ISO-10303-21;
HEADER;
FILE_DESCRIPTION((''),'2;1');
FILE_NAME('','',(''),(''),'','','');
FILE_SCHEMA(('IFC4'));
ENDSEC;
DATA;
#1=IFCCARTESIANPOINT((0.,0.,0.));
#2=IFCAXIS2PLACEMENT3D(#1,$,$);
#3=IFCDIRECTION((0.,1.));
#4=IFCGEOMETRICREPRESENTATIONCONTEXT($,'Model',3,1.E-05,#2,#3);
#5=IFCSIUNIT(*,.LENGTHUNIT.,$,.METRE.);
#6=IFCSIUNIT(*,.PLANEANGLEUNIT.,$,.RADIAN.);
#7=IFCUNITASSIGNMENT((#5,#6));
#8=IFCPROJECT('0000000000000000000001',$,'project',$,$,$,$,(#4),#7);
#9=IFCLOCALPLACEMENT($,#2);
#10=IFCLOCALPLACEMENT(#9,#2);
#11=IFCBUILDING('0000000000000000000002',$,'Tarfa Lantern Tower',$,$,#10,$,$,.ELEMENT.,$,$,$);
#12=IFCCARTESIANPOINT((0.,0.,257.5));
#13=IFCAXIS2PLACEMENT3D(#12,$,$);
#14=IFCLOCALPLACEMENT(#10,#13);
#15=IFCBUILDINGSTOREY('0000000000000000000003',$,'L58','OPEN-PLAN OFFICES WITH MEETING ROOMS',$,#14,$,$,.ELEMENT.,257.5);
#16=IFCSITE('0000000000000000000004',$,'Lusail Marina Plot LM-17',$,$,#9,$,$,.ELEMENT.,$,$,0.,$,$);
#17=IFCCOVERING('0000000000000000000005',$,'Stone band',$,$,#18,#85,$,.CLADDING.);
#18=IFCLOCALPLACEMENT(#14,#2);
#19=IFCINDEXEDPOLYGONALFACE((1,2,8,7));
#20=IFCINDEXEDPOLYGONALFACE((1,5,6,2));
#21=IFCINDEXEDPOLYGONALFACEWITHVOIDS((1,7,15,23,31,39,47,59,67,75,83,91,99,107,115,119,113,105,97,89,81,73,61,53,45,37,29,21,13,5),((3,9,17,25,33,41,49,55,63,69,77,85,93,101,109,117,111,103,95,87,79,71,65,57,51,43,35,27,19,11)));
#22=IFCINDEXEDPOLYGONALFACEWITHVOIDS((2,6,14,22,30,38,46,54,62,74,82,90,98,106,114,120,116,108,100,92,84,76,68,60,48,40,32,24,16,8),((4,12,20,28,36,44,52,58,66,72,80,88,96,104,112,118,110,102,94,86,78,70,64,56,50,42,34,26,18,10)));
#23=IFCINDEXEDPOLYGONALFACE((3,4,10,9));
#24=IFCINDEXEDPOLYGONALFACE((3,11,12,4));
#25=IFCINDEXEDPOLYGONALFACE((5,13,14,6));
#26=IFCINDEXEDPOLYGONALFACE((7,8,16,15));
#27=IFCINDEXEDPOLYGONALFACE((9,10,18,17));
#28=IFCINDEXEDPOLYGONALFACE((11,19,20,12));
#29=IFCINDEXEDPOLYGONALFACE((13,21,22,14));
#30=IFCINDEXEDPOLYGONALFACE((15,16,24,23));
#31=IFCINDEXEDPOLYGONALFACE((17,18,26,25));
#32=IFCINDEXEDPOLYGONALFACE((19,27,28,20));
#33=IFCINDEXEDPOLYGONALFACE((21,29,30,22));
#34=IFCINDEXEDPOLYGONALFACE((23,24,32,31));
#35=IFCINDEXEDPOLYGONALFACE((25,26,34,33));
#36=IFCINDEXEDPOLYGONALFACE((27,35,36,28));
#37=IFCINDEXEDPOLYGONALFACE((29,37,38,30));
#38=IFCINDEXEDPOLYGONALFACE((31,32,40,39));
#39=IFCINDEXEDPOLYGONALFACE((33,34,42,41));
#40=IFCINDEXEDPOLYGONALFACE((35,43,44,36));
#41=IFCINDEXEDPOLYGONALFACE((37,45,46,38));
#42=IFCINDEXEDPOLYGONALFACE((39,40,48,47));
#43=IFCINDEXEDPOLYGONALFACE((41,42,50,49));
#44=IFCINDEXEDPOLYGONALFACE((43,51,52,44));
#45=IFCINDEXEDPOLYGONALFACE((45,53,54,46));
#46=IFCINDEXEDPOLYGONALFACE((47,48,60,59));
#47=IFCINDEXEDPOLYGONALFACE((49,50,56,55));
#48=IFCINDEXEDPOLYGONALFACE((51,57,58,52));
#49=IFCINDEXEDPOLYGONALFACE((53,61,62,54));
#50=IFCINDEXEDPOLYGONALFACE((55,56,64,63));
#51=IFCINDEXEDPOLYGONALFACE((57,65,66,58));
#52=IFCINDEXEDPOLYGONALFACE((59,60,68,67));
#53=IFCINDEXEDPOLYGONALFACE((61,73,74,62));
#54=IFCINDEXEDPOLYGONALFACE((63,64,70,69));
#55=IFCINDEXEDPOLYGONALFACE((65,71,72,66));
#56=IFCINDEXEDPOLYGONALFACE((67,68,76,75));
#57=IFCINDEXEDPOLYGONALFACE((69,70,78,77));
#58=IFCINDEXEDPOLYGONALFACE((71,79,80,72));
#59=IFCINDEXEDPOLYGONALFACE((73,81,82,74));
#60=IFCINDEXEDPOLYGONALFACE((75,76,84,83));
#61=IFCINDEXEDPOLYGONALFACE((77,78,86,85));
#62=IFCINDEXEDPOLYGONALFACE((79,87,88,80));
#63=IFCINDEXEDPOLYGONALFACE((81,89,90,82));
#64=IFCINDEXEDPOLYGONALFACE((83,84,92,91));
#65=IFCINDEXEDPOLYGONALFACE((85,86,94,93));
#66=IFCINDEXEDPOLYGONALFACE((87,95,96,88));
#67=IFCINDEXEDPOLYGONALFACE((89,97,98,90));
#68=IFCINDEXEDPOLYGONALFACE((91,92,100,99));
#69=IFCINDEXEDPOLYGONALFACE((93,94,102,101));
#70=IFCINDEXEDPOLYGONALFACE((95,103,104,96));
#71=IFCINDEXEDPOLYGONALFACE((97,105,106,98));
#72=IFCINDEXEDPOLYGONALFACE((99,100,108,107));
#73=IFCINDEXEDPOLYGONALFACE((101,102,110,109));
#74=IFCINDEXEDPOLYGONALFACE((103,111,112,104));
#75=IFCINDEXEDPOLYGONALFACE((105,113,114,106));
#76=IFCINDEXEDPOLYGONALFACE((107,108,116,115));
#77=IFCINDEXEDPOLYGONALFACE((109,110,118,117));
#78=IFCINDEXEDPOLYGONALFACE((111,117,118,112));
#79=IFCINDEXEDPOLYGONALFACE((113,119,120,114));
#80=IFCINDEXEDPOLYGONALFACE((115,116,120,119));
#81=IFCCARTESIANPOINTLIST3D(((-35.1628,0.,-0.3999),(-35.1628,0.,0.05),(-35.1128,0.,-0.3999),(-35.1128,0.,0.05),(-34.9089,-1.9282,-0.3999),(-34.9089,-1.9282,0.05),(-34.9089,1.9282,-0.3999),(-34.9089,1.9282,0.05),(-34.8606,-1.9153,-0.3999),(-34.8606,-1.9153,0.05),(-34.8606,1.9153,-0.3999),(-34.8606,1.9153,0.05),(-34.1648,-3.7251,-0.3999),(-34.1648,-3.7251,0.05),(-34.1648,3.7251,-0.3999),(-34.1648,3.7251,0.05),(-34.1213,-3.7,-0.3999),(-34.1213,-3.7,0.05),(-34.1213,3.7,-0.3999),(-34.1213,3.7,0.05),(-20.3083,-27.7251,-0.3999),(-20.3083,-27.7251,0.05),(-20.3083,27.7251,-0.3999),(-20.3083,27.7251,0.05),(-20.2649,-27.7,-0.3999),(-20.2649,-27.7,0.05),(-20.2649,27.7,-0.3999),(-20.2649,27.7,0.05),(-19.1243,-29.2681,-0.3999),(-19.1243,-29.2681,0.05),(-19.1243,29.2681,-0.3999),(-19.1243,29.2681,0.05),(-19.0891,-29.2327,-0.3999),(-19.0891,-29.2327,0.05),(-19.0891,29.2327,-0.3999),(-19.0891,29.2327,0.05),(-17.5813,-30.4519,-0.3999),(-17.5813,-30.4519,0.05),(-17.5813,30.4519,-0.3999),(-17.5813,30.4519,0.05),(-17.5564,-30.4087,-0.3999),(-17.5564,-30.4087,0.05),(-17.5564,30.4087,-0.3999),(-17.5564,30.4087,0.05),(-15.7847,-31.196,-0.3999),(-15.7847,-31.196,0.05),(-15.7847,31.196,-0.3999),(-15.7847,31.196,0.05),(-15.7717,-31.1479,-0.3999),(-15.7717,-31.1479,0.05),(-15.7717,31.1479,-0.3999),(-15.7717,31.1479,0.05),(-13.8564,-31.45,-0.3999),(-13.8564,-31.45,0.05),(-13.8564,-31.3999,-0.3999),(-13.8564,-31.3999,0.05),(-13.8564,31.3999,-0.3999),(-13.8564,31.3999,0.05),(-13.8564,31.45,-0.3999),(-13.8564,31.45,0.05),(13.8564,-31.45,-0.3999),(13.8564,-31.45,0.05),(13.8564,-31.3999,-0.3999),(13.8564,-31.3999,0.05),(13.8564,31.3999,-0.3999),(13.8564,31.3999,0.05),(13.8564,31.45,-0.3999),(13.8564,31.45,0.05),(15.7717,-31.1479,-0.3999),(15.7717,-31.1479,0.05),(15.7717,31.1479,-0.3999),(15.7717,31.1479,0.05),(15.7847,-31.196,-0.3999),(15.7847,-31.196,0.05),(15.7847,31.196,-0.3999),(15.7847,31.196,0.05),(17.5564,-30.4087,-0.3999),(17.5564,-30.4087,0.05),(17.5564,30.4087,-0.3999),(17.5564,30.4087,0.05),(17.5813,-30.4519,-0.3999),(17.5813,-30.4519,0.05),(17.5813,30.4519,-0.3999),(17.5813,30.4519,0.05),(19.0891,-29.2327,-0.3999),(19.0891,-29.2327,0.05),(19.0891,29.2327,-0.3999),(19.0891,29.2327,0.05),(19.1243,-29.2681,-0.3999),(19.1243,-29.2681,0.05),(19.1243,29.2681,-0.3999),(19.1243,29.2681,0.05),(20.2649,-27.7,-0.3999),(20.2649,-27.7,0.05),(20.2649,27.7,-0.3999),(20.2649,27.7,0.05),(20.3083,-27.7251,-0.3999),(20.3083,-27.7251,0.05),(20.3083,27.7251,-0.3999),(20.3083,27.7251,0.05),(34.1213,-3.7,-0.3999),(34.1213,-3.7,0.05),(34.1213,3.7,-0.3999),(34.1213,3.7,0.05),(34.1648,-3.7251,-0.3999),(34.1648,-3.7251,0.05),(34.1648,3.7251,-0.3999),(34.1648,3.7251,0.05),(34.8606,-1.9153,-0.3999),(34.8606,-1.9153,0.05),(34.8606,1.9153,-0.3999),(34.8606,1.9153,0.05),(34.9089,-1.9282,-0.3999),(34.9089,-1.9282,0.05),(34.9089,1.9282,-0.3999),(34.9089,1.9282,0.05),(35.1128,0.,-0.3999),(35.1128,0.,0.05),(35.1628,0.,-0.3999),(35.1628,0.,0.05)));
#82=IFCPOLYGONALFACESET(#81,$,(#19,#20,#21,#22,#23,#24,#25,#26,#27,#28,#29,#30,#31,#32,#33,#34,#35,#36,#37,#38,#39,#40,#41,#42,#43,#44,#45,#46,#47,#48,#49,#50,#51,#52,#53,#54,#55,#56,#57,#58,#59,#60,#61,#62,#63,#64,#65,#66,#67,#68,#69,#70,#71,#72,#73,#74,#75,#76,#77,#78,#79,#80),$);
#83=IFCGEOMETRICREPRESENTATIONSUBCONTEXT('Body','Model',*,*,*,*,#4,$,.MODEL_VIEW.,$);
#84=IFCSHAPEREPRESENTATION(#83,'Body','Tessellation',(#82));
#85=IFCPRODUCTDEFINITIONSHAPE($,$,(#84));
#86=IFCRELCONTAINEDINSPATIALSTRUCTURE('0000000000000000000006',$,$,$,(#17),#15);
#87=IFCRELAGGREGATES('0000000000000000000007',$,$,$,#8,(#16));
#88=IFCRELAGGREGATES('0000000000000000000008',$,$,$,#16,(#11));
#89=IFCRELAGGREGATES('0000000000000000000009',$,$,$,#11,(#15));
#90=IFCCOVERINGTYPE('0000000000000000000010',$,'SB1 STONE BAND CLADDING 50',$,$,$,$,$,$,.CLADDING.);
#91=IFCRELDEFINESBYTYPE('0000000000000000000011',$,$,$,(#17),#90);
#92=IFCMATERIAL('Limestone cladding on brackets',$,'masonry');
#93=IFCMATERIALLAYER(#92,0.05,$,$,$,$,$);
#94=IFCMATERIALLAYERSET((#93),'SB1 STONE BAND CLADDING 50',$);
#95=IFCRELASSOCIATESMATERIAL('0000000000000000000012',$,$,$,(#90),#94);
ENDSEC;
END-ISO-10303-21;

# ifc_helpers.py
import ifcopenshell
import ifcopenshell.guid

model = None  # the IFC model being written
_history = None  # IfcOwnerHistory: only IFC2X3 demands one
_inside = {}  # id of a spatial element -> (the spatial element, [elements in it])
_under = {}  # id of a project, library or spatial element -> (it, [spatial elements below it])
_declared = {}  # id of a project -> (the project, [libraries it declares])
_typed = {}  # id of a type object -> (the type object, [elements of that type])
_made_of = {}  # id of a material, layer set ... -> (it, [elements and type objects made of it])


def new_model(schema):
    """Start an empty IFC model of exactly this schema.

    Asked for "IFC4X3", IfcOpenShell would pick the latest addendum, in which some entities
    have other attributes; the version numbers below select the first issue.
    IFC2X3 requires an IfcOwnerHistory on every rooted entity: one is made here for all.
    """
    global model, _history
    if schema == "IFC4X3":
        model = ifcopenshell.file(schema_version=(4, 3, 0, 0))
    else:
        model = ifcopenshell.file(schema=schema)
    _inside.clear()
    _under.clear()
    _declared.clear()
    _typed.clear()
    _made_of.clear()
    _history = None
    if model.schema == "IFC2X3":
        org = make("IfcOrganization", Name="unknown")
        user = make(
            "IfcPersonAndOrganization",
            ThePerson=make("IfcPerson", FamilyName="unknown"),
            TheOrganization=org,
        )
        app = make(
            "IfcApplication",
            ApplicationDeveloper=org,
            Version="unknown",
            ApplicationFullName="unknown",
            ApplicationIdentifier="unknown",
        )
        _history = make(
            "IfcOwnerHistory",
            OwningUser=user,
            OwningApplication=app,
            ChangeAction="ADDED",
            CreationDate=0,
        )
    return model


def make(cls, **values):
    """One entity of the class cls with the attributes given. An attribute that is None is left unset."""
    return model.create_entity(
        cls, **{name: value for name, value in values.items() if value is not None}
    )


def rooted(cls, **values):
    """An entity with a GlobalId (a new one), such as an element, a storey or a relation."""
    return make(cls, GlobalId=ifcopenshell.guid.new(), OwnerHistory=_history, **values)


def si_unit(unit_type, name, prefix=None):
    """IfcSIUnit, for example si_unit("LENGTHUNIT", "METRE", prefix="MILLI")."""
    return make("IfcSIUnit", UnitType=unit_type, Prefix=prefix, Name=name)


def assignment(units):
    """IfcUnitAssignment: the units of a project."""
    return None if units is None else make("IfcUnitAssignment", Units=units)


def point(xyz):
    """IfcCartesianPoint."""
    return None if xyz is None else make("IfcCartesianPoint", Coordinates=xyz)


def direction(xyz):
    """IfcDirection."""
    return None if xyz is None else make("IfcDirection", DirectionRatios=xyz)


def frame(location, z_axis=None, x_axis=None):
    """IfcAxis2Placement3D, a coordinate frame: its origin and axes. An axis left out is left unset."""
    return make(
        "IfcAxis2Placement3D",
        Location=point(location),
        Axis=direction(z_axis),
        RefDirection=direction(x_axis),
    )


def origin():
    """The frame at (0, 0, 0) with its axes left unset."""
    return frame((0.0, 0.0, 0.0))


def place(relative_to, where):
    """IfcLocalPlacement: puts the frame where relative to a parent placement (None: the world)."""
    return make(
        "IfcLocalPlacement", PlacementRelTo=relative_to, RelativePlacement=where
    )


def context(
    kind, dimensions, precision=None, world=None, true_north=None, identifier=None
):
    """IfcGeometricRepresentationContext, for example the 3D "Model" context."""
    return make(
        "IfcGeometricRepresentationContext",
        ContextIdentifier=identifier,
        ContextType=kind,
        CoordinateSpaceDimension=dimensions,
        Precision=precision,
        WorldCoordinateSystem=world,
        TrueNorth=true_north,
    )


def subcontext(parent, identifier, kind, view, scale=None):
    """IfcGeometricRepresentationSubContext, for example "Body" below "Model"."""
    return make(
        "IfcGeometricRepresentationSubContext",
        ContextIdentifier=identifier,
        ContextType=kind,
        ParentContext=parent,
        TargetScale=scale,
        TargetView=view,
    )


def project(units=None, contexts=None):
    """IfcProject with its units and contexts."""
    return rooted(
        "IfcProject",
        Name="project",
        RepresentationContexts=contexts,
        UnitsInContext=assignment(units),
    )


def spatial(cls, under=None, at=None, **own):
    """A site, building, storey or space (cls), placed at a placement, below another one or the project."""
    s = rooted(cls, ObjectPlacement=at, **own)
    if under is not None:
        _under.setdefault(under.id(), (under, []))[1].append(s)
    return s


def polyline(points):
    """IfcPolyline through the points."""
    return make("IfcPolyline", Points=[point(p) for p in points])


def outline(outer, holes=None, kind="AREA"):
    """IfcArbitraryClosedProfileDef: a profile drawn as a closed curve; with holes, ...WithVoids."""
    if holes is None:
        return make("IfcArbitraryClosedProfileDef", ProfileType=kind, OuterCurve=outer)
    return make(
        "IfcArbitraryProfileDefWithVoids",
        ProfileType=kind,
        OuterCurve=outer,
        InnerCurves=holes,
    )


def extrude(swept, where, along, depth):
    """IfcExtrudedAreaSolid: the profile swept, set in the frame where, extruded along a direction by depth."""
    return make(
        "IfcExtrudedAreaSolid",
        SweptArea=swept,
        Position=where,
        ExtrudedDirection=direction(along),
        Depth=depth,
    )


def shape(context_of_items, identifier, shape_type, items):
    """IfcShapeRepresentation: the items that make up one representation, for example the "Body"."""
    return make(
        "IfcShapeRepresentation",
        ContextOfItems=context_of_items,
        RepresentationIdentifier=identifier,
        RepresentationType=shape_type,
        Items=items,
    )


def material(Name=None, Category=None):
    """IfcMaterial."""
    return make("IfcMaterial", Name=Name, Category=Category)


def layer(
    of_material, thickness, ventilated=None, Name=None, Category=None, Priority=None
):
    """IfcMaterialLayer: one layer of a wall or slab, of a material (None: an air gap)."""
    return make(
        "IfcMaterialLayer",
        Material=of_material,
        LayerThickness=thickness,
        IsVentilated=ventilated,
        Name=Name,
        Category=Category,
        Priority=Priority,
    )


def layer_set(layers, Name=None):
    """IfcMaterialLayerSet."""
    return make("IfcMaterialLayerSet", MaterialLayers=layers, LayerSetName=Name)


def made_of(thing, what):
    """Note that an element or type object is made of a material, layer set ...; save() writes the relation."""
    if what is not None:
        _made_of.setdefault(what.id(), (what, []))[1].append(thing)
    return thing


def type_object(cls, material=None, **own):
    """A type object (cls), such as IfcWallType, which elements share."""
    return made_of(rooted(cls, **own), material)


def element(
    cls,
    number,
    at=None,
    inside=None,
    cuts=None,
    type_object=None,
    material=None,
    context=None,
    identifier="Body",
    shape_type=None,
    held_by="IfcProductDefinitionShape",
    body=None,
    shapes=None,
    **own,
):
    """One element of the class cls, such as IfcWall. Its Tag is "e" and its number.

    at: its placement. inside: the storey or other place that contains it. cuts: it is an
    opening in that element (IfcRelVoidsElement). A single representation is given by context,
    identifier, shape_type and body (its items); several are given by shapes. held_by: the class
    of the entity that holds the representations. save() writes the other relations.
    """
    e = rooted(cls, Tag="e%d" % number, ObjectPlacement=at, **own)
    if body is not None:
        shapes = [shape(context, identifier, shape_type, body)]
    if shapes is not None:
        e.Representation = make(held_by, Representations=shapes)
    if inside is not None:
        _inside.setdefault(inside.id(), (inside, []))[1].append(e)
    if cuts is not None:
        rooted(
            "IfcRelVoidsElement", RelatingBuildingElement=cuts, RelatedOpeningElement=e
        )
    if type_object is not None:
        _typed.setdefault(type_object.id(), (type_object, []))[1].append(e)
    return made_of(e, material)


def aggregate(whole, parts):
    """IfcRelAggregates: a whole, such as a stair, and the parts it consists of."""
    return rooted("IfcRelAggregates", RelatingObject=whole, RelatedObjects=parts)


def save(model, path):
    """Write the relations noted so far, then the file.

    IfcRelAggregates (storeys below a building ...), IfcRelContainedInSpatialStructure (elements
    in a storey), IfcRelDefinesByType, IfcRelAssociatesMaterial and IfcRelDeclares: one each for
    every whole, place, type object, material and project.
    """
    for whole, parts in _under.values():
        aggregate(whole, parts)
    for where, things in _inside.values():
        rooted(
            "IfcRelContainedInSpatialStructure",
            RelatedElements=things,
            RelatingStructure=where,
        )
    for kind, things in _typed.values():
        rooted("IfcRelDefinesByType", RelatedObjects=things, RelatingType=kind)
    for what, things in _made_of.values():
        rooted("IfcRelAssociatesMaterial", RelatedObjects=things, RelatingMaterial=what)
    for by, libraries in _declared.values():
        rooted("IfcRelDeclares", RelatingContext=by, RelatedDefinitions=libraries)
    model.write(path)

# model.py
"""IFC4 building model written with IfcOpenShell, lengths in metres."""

from ifc_helpers import new_model, si_unit, direction, frame, origin, place, context, subcontext, project, spatial, polyline, outline, extrude, material, layer, layer_set, type_object, element, save


model = new_model("IFC4")

# Units and contexts
model_context = context("Model", 3, precision=1e-05, world=origin(), true_north=direction((0.0, 1.0)))
body_context = subcontext(model_context, "Body", "Model", "MODEL_VIEW")
ifc_project = project(units=[si_unit("LENGTHUNIT", "METRE"), si_unit("PLANEANGLEUNIT", "RADIAN")], contexts=[model_context])

# Site, building, storey
site_placement = place(None, origin())
site = spatial("IfcSite", under=ifc_project, at=site_placement, Name="Lusail Marina Plot LM-17", CompositionType="ELEMENT", RefElevation=0.0)
building_placement = place(site_placement, origin())
building = spatial("IfcBuilding", under=site, at=building_placement, Name="Tarfa Lantern Tower", CompositionType="ELEMENT")
storey_placement = place(building_placement, frame((0.0, 0.0, 257.5)))
storey = spatial("IfcBuildingStorey", under=building, at=storey_placement, Name="L58", Description="OPEN-PLAN OFFICES WITH MEETING ROOMS", CompositionType="ELEMENT", Elevation=257.5)

# Covering
ifc_material_1 = material(Name="Limestone cladding on brackets", Category="masonry")
ifc_layer_1 = layer(ifc_material_1, 0.05)
ifc_layer_set_1 = layer_set([ifc_layer_1], Name="SB1 STONE BAND CLADDING 50")
covering_type_1 = type_object("IfcCoveringType", Name="SB1 STONE BAND CLADDING 50", PredefinedType="CLADDING", material=ifc_layer_set_1)
covering_1_placement = place(storey_placement, frame((0.0, 0.0, -0.3999)))
element("IfcCovering", 1, at=covering_1_placement, inside=storey, type_object=covering_type_1, Name="Stone band", PredefinedType="CLADDING", context=body_context, shape_type="SweptSolid", body=[
    extrude(outline(polyline([(34.1648, 3.7251), (20.3083, 27.7251), (19.1243, 29.2681), (17.5813, 30.4519), (15.7847, 31.196), (13.8564, 31.45), (-13.8564, 31.45), (-15.7847, 31.196), (-17.5813, 30.4519), (-19.1243, 29.2681), (-20.3083, 27.7251), (-34.1648, 3.7251), (-34.9089, 1.9282), (-35.1628, 0.0), (-34.9089, -1.9282), (-34.1648, -3.7251), (-20.3083, -27.7251), (-19.1243, -29.2681), (-17.5813, -30.4519), (-15.7847, -31.196), (-13.8564, -31.45), (13.8564, -31.45), (15.7847, -31.196), (17.5813, -30.4519), (19.1243, -29.2681), (20.3083, -27.7251), (34.1648, -3.7251), (34.9089, -1.9282), (35.1628, 0.0), (34.9089, 1.9282), (34.1648, 3.7251)]), holes=[polyline([(34.1213, 3.7), (20.2649, 27.7), (19.0891, 29.2327), (17.5564, 30.4087), (15.7717, 31.1479), (13.8564, 31.3999), (-13.8564, 31.3999), (-15.7717, 31.1479), (-17.5564, 30.4087), (-19.0891, 29.2327), (-20.2649, 27.7), (-34.1213, 3.7), (-34.8606, 1.9153), (-35.1128, 0.0), (-34.8606, -1.9153), (-34.1213, -3.7), (-20.2649, -27.7), (-19.0891, -29.2327), (-17.5564, -30.4087), (-15.7717, -31.1479), (-13.8564, -31.3999), (13.8564, -31.3999), (15.7717, -31.1479), (17.5564, -30.4087), (19.0891, -29.2327), (20.2649, -27.7), (34.1213, -3.7), (34.8606, -1.9153), (35.1128, 0.0), (34.8606, 1.9153), (34.1213, 3.7)])]), origin(), (0.0, 0.0, 1.0), 0.45),
])

save(model, "model.ifc")
